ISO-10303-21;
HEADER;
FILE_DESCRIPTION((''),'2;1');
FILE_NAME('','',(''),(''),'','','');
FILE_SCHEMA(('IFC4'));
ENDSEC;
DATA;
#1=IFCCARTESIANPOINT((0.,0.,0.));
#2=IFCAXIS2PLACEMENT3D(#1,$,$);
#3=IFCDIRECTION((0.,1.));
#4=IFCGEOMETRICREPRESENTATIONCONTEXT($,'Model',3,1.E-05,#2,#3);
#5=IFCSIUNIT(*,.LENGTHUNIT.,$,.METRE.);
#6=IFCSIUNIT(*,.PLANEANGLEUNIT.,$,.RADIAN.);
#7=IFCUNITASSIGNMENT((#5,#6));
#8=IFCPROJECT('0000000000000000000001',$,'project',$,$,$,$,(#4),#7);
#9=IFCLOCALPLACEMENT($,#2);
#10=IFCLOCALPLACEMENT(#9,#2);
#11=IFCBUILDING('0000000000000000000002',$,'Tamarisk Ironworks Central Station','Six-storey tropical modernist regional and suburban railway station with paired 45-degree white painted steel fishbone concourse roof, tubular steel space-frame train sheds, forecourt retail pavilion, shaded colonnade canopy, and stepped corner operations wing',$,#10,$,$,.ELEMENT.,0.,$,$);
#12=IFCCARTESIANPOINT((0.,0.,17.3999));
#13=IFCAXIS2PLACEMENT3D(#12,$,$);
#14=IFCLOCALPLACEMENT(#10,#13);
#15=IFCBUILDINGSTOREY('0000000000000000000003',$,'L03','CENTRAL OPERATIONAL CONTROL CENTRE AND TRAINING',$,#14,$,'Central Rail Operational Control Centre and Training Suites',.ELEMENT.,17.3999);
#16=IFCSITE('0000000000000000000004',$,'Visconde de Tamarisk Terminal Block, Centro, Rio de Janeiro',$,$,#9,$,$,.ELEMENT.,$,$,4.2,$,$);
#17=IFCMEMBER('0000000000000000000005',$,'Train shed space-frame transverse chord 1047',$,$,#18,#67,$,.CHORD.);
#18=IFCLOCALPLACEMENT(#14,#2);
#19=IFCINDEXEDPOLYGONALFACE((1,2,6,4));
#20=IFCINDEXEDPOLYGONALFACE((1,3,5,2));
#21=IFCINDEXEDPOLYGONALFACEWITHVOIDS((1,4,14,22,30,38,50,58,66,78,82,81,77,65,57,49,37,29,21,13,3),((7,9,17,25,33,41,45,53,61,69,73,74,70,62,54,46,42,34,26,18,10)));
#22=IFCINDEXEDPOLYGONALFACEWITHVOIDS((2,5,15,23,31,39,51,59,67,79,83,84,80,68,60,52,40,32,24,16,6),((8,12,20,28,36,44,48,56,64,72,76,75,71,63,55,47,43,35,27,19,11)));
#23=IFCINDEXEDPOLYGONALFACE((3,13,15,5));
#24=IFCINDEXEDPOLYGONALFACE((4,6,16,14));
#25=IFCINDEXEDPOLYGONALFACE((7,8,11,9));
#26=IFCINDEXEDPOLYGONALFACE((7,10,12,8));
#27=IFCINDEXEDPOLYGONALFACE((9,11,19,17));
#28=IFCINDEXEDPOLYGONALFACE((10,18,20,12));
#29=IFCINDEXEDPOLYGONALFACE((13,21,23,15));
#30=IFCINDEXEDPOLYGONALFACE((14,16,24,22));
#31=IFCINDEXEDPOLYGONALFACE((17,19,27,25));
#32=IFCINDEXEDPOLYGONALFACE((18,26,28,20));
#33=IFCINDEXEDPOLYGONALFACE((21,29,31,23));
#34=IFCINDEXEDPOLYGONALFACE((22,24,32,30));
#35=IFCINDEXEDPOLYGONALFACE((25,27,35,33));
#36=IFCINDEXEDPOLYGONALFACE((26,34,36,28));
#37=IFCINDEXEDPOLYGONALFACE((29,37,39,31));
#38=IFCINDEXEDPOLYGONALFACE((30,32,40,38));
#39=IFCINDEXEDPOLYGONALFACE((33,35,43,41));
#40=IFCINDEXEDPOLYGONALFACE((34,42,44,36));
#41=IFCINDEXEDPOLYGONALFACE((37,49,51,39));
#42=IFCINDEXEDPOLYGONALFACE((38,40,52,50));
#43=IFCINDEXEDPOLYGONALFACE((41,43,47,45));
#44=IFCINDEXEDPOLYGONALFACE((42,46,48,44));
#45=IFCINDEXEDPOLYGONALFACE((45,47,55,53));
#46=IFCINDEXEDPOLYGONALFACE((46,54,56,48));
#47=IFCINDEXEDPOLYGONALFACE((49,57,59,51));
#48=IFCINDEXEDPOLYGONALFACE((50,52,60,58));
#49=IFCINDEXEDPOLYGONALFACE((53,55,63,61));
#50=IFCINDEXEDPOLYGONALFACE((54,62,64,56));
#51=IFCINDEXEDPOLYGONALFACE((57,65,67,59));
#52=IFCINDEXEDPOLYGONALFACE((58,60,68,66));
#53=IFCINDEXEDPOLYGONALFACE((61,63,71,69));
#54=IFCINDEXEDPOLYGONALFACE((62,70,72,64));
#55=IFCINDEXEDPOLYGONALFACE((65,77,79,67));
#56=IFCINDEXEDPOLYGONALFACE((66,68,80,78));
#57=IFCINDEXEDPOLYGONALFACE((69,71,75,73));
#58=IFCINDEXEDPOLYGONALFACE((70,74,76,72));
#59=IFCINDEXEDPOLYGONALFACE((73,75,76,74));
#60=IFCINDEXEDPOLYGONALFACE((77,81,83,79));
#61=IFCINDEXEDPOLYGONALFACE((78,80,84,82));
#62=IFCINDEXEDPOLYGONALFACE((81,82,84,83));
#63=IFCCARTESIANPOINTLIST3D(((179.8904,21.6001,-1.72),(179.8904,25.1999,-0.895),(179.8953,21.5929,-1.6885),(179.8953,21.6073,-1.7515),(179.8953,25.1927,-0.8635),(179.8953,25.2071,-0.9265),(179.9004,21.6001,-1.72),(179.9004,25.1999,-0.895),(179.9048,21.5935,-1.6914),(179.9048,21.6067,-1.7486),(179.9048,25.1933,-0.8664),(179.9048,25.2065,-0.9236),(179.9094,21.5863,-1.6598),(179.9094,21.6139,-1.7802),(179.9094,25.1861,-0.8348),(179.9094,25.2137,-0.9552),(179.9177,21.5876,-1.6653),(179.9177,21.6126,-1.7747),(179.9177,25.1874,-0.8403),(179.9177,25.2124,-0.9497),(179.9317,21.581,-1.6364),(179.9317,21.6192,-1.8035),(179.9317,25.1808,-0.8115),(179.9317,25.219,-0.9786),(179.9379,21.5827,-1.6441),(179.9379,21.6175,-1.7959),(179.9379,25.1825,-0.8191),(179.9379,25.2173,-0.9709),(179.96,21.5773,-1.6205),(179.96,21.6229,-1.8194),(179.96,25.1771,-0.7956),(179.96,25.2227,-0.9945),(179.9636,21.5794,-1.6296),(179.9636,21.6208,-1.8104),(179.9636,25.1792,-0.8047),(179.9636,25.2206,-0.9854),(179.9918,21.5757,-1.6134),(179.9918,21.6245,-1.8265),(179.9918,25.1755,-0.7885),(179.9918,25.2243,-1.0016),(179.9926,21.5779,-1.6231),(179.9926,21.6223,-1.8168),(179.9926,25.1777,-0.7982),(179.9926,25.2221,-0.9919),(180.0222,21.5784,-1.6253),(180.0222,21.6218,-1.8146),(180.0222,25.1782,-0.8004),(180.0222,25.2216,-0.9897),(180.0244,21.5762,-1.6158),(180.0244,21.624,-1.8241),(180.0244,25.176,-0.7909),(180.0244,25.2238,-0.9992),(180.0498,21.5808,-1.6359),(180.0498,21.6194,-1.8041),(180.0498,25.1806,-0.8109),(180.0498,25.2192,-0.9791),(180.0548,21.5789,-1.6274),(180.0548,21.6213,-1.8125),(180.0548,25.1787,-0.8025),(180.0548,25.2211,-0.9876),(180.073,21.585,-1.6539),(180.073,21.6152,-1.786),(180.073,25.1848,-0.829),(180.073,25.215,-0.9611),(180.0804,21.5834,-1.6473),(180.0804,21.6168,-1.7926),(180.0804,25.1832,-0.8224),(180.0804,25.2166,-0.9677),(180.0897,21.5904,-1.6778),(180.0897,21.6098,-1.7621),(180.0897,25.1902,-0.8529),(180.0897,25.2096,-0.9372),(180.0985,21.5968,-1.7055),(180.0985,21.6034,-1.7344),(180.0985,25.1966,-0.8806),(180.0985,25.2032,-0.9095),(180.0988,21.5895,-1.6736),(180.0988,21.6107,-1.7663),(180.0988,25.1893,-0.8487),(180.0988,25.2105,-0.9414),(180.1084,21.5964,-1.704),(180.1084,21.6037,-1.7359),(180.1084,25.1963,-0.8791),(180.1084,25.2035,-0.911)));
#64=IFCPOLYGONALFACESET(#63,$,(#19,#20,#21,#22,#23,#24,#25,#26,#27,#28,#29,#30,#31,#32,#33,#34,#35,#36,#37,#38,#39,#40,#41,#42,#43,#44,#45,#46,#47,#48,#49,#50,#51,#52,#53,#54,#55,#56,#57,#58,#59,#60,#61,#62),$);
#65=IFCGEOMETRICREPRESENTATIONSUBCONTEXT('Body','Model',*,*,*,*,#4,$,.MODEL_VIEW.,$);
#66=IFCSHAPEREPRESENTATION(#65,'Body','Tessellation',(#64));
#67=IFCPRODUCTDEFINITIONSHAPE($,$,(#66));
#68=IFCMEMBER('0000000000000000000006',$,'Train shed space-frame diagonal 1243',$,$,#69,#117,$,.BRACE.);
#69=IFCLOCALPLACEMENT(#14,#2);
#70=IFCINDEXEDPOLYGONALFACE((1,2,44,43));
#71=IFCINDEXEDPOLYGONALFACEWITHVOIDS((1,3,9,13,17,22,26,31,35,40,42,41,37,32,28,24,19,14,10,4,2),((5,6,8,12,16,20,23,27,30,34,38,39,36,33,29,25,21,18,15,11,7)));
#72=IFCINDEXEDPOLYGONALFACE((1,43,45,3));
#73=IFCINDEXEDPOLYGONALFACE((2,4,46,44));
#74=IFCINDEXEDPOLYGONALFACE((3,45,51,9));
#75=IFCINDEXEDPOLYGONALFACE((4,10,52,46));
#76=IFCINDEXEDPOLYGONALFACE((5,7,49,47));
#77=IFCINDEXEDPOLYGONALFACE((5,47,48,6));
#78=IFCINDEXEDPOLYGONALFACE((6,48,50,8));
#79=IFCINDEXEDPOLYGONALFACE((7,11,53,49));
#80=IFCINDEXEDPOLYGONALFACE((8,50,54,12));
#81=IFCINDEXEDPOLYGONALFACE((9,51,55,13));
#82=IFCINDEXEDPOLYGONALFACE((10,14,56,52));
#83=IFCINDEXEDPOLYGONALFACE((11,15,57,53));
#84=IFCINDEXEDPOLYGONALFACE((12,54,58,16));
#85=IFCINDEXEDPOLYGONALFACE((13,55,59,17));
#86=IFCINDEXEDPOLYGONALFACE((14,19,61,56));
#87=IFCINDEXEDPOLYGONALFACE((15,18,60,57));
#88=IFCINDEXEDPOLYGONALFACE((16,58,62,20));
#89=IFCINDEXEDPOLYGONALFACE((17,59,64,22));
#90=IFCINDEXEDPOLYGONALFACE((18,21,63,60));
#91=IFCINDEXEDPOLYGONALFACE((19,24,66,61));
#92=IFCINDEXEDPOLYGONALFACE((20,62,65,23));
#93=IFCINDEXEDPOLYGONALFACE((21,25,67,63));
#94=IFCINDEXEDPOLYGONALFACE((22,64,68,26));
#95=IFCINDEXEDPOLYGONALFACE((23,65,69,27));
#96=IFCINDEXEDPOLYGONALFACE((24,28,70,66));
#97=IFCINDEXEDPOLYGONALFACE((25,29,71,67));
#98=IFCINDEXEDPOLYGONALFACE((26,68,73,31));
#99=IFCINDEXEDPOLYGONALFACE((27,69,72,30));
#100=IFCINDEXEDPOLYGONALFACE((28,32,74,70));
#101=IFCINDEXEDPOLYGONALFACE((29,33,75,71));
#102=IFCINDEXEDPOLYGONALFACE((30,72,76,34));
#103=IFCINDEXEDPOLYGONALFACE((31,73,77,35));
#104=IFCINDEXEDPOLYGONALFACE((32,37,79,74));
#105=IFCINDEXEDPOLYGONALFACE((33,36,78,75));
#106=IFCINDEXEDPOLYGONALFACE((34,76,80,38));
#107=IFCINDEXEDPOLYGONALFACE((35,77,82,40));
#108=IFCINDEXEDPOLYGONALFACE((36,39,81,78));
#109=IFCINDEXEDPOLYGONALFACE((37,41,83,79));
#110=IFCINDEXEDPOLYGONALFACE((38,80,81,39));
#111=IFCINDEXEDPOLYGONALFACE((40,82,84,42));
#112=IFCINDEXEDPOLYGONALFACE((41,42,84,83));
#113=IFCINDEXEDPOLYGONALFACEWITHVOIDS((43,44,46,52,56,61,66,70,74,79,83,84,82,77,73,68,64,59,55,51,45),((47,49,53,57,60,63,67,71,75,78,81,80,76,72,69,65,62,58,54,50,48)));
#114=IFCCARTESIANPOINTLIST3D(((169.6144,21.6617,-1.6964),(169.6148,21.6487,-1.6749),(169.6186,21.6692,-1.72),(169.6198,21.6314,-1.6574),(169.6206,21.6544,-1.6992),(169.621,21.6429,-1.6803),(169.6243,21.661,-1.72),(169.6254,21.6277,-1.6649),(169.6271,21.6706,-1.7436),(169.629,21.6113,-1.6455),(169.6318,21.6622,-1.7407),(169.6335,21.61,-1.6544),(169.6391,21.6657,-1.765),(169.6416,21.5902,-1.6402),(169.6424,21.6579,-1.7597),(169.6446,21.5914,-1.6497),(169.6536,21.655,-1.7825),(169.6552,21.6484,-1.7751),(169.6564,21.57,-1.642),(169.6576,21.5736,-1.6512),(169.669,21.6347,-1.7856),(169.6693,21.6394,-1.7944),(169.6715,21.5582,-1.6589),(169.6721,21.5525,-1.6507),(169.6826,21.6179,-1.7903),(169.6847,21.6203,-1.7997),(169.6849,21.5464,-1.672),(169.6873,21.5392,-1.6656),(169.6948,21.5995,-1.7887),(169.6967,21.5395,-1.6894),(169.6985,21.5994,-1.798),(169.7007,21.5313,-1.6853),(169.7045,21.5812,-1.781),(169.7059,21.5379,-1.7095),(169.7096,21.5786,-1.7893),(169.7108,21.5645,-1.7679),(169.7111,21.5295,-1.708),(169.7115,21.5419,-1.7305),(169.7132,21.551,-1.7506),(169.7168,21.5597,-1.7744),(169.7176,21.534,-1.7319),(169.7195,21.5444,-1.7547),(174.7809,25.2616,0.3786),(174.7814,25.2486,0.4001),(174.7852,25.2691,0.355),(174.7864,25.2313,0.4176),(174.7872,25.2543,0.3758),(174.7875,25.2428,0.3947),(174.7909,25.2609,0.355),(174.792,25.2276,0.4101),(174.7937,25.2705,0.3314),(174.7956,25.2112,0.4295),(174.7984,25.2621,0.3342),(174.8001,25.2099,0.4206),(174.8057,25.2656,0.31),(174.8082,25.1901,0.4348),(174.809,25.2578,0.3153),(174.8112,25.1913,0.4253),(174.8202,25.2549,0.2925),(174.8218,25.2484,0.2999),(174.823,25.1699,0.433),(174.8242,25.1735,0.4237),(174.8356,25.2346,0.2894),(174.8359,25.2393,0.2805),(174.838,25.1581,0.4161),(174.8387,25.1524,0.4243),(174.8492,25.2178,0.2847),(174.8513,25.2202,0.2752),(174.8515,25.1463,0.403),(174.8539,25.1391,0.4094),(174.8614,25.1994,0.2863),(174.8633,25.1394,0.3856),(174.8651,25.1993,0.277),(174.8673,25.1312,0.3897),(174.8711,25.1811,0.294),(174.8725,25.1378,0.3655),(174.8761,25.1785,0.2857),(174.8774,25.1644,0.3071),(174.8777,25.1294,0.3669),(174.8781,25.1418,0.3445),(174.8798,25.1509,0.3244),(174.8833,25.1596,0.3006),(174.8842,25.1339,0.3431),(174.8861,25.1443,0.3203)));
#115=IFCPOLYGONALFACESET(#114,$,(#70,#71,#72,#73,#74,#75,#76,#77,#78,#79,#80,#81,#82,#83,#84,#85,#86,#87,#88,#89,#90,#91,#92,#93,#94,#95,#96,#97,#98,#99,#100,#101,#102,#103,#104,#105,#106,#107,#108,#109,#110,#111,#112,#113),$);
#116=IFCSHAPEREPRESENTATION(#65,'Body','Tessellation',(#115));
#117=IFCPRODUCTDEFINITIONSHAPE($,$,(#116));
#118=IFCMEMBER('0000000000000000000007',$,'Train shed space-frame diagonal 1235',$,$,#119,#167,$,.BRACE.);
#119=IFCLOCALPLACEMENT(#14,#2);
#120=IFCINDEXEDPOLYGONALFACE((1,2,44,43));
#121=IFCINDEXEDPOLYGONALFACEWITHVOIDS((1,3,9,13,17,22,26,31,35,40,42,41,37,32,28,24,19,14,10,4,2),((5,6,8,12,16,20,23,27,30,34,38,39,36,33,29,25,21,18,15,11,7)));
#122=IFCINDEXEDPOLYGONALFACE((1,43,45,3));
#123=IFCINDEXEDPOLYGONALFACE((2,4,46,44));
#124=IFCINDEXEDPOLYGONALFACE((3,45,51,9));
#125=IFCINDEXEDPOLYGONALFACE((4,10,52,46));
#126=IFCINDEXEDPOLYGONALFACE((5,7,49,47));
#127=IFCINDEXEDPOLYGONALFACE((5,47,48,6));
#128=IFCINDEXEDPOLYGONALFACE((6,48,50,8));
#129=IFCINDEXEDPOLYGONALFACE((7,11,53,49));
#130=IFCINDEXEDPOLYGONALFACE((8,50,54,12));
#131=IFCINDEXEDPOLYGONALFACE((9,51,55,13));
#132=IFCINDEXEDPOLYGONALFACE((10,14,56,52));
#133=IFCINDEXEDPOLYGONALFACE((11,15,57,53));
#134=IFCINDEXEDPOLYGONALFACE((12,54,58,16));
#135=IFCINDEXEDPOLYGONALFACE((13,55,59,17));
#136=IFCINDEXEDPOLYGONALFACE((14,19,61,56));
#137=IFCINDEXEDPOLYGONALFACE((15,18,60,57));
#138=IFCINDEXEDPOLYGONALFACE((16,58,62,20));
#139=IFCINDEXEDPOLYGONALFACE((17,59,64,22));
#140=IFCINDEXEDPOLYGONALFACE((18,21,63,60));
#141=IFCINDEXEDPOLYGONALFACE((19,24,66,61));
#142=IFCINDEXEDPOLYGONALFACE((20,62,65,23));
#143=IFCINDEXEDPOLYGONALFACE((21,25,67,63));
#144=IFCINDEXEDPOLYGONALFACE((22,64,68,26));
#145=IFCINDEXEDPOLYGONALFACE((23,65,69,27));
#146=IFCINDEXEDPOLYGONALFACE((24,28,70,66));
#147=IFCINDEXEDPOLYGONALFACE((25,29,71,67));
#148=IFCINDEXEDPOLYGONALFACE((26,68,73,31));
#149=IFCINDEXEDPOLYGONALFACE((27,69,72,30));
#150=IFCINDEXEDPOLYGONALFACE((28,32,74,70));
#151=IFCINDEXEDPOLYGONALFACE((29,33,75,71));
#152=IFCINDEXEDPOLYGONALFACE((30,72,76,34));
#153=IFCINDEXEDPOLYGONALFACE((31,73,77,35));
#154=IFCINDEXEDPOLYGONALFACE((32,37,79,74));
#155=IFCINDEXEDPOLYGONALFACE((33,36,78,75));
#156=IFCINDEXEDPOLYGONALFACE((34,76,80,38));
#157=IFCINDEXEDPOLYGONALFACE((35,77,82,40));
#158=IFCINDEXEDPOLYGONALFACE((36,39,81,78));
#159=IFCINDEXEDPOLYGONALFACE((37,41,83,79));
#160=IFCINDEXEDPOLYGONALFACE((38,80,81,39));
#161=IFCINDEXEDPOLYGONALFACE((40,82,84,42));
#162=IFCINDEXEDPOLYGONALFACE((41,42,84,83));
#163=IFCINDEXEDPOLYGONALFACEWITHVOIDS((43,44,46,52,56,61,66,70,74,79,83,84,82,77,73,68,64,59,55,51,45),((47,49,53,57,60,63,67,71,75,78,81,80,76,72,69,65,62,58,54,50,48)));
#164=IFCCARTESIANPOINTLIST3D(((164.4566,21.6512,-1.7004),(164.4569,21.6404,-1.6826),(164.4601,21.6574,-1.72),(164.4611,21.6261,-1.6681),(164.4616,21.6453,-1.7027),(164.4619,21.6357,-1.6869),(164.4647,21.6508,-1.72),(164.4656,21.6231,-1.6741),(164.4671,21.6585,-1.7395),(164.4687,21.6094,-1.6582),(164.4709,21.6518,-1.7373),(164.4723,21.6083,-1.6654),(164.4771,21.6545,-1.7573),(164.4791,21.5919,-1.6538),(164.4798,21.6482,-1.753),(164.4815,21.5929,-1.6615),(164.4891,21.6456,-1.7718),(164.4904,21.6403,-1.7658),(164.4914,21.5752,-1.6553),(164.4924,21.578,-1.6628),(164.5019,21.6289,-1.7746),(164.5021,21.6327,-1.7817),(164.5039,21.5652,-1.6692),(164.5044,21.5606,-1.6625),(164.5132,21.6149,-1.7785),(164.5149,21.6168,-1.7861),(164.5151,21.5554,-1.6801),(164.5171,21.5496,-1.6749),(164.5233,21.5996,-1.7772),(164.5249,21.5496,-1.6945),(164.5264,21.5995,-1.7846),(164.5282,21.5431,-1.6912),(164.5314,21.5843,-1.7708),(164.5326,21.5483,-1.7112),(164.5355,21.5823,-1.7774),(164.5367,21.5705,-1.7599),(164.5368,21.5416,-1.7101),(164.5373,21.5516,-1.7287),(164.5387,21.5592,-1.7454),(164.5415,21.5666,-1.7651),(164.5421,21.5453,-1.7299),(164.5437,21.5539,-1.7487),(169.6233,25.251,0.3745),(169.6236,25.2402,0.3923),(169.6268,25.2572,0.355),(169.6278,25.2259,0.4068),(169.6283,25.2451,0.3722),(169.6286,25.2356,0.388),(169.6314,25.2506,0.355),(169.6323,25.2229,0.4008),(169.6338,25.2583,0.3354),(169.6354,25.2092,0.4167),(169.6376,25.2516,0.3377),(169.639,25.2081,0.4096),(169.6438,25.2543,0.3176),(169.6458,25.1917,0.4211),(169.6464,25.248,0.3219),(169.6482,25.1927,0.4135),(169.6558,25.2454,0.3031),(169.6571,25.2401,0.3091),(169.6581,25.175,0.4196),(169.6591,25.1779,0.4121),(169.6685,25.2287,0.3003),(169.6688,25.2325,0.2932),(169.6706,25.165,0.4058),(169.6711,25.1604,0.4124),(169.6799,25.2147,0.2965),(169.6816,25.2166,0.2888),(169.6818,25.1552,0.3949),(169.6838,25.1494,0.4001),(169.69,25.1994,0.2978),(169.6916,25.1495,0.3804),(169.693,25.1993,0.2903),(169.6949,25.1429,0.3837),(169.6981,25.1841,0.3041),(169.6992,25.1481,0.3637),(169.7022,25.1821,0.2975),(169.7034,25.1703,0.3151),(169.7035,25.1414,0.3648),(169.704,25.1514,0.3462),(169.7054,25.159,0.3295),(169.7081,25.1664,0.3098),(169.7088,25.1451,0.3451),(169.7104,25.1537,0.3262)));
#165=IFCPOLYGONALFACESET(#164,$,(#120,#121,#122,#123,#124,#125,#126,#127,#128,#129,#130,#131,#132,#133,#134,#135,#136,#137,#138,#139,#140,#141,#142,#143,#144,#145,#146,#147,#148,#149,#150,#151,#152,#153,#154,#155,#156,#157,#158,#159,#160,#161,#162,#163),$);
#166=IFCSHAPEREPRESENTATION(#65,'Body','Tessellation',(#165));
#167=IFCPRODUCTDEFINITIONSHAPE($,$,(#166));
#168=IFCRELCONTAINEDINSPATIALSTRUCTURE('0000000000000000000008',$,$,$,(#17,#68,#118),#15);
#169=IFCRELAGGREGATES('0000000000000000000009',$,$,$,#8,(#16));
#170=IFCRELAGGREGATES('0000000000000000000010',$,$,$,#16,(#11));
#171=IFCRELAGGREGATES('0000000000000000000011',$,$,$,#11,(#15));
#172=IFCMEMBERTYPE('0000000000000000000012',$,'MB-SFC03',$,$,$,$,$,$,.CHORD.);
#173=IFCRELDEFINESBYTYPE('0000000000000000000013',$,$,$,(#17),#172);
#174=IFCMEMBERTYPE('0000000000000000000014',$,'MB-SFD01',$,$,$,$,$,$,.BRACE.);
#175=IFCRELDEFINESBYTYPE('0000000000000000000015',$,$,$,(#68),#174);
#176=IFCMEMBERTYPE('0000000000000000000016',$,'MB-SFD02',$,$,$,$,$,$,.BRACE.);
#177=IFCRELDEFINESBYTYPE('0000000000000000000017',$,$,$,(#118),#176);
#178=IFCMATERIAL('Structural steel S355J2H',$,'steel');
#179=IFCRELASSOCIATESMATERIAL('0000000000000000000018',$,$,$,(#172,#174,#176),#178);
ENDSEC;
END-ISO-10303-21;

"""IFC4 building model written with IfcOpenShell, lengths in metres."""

from ifc_helpers import new_model, si_unit, direction, frame, origin, origin_2d, place, context, subcontext, project, spatial, hollow_circle, extrude, material, material_profile, profile_set, type_object, element, save


model = new_model("IFC4")

# Units and contexts
model_context = context("Model", 3, precision=1e-05, world=origin(), true_north=direction((0.0, 1.0)))
body_context = subcontext(model_context, "Body", "Model", "MODEL_VIEW")
ifc_project = project(units=[si_unit("LENGTHUNIT", "METRE"), si_unit("PLANEANGLEUNIT", "RADIAN")], contexts=[model_context])

# Site, building, storey
site_placement = place(None, origin())
site = spatial("IfcSite", under=ifc_project, at=site_placement, Name="Visconde de Tamarisk Terminal Block, Centro, Rio de Janeiro", CompositionType="ELEMENT", RefElevation=4.2)
building_placement = place(site_placement, origin())
building = spatial("IfcBuilding", under=site, at=building_placement, Name="Tamarisk Ironworks Central Station", Description="Six-storey tropical modernist regional and suburban railway station with paired 45-degree white painted steel fishbone concourse roof, tubular steel space-frame train sheds, forecourt retail pavilion, shaded colonnade canopy, and stepped corner operations wing", CompositionType="ELEMENT", ElevationOfRefHeight=0.0)
storey_placement = place(building_placement, frame((0.0, 0.0, 17.3999)))
storey = spatial("IfcBuildingStorey", under=building, at=storey_placement, Name="L03", Description="CENTRAL OPERATIONAL CONTROL CENTRE AND TRAINING", LongName="Central Rail Operational Control Centre and Training Suites", CompositionType="ELEMENT", Elevation=17.3999)

# Members
ifc_material_1 = material(Name="Structural steel S355J2H", Category="steel")
ifc_material_profile_1 = material_profile(ifc_material_1, hollow_circle(Radius=0.1096, WallThickness=0.01, at=origin_2d()), Name="CHS 219.1x10")
ifc_profile_set_1 = profile_set([ifc_material_profile_1], Name="Structural steel S355J2H")
member_type_1 = type_object("IfcMemberType", Name="MB-SFC03", PredefinedType="CHORD", material=ifc_profile_set_1)
for number, where, z_axis, x_axis, name in (
    (1, (180.0, 21.6001, -1.72), (0.0, 0.974733, 0.223372), (-1.0, 0.0, 0.0), "Train shed space-frame transverse chord 1047"),
):
    element("IfcMember", number, at=place(storey_placement, frame(where, z_axis=z_axis, x_axis=x_axis)), inside=storey, type_object=member_type_1, Name=name, PredefinedType="CHORD", context=body_context, shape_type="SweptSolid", body=[
        extrude(hollow_circle(Radius=0.1096, WallThickness=0.01, at=origin_2d()), origin(), (0.0, 0.0, 1.0), 3.6931),
    ])
ifc_material_profile_2 = material_profile(ifc_material_1, hollow_circle(Radius=0.0842, WallThickness=0.01, at=origin_2d()), Name="CHS 168.3x10")
ifc_profile_set_2 = profile_set([ifc_material_profile_2], Name="Structural steel S355J2H")
member_type_2 = type_object("IfcMemberType", Name="MB-SFD01", PredefinedType="BRACE", material=ifc_profile_set_2)
member_1_placement = place(storey_placement, frame((169.6667, 21.6001, -1.72), z_axis=(0.779259, 0.542963, 0.312963), x_axis=(-0.571681, 0.820476, 0.0)))
element("IfcMember", 2, at=member_1_placement, inside=storey, type_object=member_type_2, Name="Train shed space-frame diagonal 1243", PredefinedType="BRACE", context=body_context, shape_type="SweptSolid", body=[
    extrude(hollow_circle(Radius=0.0842, WallThickness=0.01, at=origin_2d()), origin(), (0.0, 0.0, 1.0), 6.6301),
])
ifc_material_profile_3 = material_profile(ifc_material_1, hollow_circle(Radius=0.0698, WallThickness=0.0081, at=origin_2d()), Name="CHS 139.7x8")
ifc_profile_set_3 = profile_set([ifc_material_profile_3], Name="Structural steel S355J2H")
member_type_3 = type_object("IfcMemberType", Name="MB-SFD02", PredefinedType="BRACE", material=ifc_profile_set_3)
for number, where, z_axis, x_axis, name in (
    (3, (164.5, 21.6001, -1.72), (0.779274, 0.542947, 0.312954), (-0.571663, 0.820489, 0.0), "Train shed space-frame diagonal 1235"),
):
    element("IfcMember", number, at=place(storey_placement, frame(where, z_axis=z_axis, x_axis=x_axis)), inside=storey, type_object=member_type_3, Name=name, PredefinedType="BRACE", context=body_context, shape_type="SweptSolid", body=[
        extrude(hollow_circle(Radius=0.0698, WallThickness=0.0081, at=origin_2d()), origin(), (0.0, 0.0, 1.0), 6.6301),
    ])

save(model, "model.ifc")
